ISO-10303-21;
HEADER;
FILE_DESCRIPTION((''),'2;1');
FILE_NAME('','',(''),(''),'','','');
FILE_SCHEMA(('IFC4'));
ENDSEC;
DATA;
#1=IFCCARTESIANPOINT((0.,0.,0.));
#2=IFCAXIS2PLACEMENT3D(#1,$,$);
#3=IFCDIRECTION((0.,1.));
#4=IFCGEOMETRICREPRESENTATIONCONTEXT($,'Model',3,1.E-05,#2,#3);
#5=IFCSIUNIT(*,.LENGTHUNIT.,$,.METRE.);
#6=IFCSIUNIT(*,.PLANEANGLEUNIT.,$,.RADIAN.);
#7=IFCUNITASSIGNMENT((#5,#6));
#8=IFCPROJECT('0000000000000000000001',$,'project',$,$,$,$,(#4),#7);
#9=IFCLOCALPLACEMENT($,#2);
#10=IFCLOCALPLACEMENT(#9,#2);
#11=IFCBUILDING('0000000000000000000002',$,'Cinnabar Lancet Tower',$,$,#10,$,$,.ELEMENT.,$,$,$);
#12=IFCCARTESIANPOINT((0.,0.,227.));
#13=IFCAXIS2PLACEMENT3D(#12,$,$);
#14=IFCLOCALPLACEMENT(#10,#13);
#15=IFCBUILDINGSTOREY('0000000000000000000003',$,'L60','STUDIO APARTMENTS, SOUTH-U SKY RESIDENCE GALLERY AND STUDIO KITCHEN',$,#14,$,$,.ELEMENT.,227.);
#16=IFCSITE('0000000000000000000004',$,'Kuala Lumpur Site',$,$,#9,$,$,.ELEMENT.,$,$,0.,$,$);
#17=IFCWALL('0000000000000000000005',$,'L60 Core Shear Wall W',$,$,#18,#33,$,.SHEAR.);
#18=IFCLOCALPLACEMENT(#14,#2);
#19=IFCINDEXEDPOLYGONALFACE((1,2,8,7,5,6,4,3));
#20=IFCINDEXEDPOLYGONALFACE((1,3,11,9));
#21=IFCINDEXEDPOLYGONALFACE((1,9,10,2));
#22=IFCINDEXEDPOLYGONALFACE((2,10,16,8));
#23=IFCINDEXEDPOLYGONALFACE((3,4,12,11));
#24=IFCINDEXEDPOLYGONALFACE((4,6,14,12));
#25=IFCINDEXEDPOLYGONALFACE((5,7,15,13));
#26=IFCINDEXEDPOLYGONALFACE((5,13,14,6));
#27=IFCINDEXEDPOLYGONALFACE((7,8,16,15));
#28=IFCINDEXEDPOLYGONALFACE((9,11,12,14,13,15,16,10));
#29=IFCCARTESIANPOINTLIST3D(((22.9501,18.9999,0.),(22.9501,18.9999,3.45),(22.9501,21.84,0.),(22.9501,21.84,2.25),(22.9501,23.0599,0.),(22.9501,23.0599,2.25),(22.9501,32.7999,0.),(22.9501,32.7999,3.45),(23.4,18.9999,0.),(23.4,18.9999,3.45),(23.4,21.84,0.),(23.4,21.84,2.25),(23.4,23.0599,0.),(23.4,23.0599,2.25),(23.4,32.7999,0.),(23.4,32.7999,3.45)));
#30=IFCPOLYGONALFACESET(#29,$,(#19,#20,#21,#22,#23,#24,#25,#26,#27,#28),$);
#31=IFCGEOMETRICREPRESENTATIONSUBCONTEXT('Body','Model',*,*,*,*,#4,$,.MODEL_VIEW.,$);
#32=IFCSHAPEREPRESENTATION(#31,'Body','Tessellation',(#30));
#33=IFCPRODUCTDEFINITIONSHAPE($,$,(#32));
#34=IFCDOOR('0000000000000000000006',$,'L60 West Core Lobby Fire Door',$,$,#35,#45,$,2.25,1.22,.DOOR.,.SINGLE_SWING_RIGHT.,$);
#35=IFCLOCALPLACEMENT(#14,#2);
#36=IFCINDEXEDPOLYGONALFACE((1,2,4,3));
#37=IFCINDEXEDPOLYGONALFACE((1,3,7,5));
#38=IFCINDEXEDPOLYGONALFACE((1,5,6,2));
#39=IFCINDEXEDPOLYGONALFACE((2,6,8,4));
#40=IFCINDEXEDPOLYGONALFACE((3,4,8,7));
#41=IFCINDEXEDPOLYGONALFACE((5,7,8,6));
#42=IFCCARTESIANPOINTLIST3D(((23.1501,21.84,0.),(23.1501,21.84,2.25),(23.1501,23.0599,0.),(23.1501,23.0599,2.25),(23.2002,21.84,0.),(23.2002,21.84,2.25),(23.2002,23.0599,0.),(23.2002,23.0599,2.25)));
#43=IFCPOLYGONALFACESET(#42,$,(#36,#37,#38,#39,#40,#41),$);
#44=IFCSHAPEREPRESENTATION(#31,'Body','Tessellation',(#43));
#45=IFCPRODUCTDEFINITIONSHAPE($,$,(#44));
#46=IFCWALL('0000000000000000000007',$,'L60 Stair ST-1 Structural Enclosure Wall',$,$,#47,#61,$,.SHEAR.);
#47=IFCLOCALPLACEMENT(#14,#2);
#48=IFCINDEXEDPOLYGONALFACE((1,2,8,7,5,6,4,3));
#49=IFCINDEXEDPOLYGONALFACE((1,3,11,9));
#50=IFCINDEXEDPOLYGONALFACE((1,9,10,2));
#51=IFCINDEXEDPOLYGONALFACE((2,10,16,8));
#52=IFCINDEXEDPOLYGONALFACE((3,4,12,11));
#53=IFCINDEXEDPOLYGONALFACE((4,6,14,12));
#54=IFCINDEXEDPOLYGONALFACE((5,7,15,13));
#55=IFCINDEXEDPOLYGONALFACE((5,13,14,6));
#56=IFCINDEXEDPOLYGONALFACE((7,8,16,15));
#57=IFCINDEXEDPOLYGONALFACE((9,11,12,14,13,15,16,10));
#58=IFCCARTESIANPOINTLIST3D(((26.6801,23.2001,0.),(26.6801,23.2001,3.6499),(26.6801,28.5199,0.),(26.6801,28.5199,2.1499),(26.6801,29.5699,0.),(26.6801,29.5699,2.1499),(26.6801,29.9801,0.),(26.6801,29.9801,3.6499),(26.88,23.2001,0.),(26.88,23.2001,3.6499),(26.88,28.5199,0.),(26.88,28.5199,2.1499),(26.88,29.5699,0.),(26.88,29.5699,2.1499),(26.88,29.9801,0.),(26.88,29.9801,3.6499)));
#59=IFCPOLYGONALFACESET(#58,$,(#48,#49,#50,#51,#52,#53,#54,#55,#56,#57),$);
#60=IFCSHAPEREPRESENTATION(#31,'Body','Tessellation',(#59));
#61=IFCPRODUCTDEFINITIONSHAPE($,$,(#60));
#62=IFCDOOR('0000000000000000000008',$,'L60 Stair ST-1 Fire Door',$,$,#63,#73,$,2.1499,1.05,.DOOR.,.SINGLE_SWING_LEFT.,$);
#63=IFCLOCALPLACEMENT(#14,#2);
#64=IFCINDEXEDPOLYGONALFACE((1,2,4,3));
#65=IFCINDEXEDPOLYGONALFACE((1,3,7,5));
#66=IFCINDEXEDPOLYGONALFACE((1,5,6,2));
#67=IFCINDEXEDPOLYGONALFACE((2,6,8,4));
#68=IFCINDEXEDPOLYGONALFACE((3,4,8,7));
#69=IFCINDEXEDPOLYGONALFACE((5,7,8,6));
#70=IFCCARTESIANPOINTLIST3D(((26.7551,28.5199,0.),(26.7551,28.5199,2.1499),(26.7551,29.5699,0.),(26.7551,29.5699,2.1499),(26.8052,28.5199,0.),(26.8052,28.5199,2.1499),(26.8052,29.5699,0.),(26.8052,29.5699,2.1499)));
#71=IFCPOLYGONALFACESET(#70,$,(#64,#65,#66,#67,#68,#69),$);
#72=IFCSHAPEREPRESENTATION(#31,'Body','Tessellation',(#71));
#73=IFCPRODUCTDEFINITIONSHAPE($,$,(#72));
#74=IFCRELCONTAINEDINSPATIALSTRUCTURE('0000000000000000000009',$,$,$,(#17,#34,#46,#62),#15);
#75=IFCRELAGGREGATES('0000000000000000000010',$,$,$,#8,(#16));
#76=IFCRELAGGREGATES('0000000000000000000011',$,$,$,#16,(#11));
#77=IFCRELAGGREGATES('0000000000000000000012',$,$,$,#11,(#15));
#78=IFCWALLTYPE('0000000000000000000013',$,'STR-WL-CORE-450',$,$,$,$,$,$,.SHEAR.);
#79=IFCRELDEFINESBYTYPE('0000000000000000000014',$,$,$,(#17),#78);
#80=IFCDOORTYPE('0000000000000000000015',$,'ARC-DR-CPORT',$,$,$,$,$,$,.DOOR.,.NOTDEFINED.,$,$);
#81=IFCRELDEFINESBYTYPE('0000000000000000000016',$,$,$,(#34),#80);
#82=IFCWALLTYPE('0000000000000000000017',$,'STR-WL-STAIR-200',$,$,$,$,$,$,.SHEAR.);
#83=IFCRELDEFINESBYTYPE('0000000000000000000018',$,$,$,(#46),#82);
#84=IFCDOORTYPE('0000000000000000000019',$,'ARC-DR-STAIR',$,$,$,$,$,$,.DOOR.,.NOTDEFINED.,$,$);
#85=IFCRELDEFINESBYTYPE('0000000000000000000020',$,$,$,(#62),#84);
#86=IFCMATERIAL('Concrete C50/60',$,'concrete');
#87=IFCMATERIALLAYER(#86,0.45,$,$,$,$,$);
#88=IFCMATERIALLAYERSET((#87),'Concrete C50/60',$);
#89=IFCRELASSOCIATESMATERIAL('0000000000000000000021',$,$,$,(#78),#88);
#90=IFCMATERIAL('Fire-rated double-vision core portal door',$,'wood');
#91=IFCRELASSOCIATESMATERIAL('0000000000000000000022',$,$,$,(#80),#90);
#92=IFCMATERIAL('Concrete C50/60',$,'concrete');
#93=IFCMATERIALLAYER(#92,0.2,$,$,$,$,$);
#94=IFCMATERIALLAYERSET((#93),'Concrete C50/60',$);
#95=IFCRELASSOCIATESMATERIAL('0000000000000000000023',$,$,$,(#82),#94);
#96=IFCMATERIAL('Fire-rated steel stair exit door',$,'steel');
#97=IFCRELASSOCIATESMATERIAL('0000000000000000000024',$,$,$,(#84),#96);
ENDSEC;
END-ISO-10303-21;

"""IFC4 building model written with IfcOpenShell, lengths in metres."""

from ifc_helpers import new_model, si_unit, direction, frame, frame_2d, origin, place, context, subcontext, project, spatial, rectangle, extrude, material, layer, layer_set, type_object, element, fill, save


model = new_model("IFC4")

# Units and contexts
model_context = context("Model", 3, precision=1e-05, world=origin(), true_north=direction((0.0, 1.0)))
body_context = subcontext(model_context, "Body", "Model", "MODEL_VIEW")
ifc_project = project(units=[si_unit("LENGTHUNIT", "METRE"), si_unit("PLANEANGLEUNIT", "RADIAN")], contexts=[model_context])

# Site, building, storey
site_placement = place(None, origin())
site = spatial("IfcSite", under=ifc_project, at=site_placement, Name="Kuala Lumpur Site", CompositionType="ELEMENT", RefElevation=0.0)
building_placement = place(site_placement, origin())
building = spatial("IfcBuilding", under=site, at=building_placement, Name="Cinnabar Lancet Tower", CompositionType="ELEMENT")
storey_placement = place(building_placement, frame((0.0, 0.0, 227.0)))
storey = spatial("IfcBuildingStorey", under=building, at=storey_placement, Name="L60", Description="STUDIO APARTMENTS, SOUTH-U SKY RESIDENCE GALLERY AND STUDIO KITCHEN", CompositionType="ELEMENT", Elevation=227.0)

# Shared definitions
ifc_material_1 = material(Name="Concrete C50/60", Category="concrete")
ifc_layer_1 = layer(ifc_material_1, 0.45)
ifc_layer_set_1 = layer_set([ifc_layer_1], Name="Concrete C50/60")
wall_type_1 = type_object("IfcWallType", Name="STR-WL-CORE-450", PredefinedType="SHEAR", material=ifc_layer_set_1)

# Walls, openings, doors
wall_1_placement = place(storey_placement, frame((23.175, 19.0, 0.0), z_axis=(0.0, 0.0, 1.0), x_axis=(0.0, 1.0, 0.0)))
wall_1 = element("IfcWall", 1, at=wall_1_placement, inside=storey, type_object=wall_type_1, Name="L60 Core Shear Wall W", PredefinedType="SHEAR", context=body_context, shape_type="SweptSolid", body=[
    extrude(rectangle(XDim=13.8, YDim=0.45, at=frame_2d((6.8999, 0.0))), origin(), (0.0, 0.0, 1.0), 3.45),
])
opening_1_placement = place(wall_1_placement, frame((2.8401, 0.0, 0.0)))
opening_1 = element("IfcOpeningElement", 2, at=opening_1_placement, cuts=wall_1, PredefinedType="OPENING", context=body_context, shape_type="SweptSolid", body=[
    extrude(rectangle(XDim=1.22, YDim=2.25, at=frame_2d((0.6099, 1.125))), frame((0.0, 0.2349, 0.0), z_axis=(0.0, -1.0, 0.0), x_axis=(1.0, 0.0, 0.0)), (0.0, 0.0, 1.0), 0.47),
])
ifc_material_2 = material(Name="Fire-rated double-vision core portal door", Category="wood")
door_type_1 = type_object("IfcDoorType", Name="ARC-DR-CPORT", OperationType="NOTDEFINED", PredefinedType="DOOR", material=ifc_material_2)
door_1_placement = place(opening_1_placement, origin())
door_1 = element("IfcDoor", 3, at=door_1_placement, inside=storey, type_object=door_type_1, Name="L60 West Core Lobby Fire Door", OperationType="SINGLE_SWING_RIGHT", OverallHeight=2.25, OverallWidth=1.22, PredefinedType="DOOR", context=body_context, shape_type="SweptSolid", body=[
    extrude(rectangle(XDim=1.22, YDim=2.25, at=frame_2d((0.6099, 1.125))), frame((0.0, 0.0249, 0.0), z_axis=(0.0, -1.0, 0.0), x_axis=(1.0, 0.0, 0.0)), (0.0, 0.0, 1.0), 0.05),
])
fill(opening_1, door_1)
ifc_material_3 = material(Name="Concrete C50/60", Category="concrete")
ifc_layer_2 = layer(ifc_material_3, 0.2)
ifc_layer_set_2 = layer_set([ifc_layer_2], Name="Concrete C50/60")
wall_type_2 = type_object("IfcWallType", Name="STR-WL-STAIR-200", PredefinedType="SHEAR", material=ifc_layer_set_2)
wall_2_placement = place(storey_placement, frame((26.78, 23.2, 0.0), z_axis=(0.0, 0.0, 1.0), x_axis=(0.0, 1.0, 0.0)))
wall_2 = element("IfcWall", 4, at=wall_2_placement, inside=storey, type_object=wall_type_2, Name="L60 Stair ST-1 Structural Enclosure Wall", PredefinedType="SHEAR", context=body_context, shape_type="SweptSolid", body=[
    extrude(rectangle(XDim=6.78, YDim=0.2, at=frame_2d((3.3901, 0.0))), origin(), (0.0, 0.0, 1.0), 3.6499),
])
opening_2_placement = place(wall_2_placement, frame((5.3201, 0.0, 0.0)))
opening_2 = element("IfcOpeningElement", 5, at=opening_2_placement, cuts=wall_2, PredefinedType="OPENING", context=body_context, shape_type="SweptSolid", body=[
    extrude(rectangle(XDim=1.05, YDim=2.1499, at=frame_2d((0.5249, 1.075))), frame((0.0, 0.1099, 0.0), z_axis=(0.0, -1.0, 0.0), x_axis=(1.0, 0.0, 0.0)), (0.0, 0.0, 1.0), 0.22),
])
ifc_material_4 = material(Name="Fire-rated steel stair exit door", Category="steel")
door_type_2 = type_object("IfcDoorType", Name="ARC-DR-STAIR", OperationType="NOTDEFINED", PredefinedType="DOOR", material=ifc_material_4)
door_2_placement = place(opening_2_placement, origin())
door_2 = element("IfcDoor", 6, at=door_2_placement, inside=storey, type_object=door_type_2, Name="L60 Stair ST-1 Fire Door", OperationType="SINGLE_SWING_LEFT", OverallHeight=2.1499, OverallWidth=1.05, PredefinedType="DOOR", context=body_context, shape_type="SweptSolid", body=[
    extrude(rectangle(XDim=1.05, YDim=2.1499, at=frame_2d((0.5249, 1.075))), frame((0.0, 0.0249, 0.0), z_axis=(0.0, -1.0, 0.0), x_axis=(1.0, 0.0, 0.0)), (0.0, 0.0, 1.0), 0.05),
])
fill(opening_2, door_2)

save(model, "model.ifc")
